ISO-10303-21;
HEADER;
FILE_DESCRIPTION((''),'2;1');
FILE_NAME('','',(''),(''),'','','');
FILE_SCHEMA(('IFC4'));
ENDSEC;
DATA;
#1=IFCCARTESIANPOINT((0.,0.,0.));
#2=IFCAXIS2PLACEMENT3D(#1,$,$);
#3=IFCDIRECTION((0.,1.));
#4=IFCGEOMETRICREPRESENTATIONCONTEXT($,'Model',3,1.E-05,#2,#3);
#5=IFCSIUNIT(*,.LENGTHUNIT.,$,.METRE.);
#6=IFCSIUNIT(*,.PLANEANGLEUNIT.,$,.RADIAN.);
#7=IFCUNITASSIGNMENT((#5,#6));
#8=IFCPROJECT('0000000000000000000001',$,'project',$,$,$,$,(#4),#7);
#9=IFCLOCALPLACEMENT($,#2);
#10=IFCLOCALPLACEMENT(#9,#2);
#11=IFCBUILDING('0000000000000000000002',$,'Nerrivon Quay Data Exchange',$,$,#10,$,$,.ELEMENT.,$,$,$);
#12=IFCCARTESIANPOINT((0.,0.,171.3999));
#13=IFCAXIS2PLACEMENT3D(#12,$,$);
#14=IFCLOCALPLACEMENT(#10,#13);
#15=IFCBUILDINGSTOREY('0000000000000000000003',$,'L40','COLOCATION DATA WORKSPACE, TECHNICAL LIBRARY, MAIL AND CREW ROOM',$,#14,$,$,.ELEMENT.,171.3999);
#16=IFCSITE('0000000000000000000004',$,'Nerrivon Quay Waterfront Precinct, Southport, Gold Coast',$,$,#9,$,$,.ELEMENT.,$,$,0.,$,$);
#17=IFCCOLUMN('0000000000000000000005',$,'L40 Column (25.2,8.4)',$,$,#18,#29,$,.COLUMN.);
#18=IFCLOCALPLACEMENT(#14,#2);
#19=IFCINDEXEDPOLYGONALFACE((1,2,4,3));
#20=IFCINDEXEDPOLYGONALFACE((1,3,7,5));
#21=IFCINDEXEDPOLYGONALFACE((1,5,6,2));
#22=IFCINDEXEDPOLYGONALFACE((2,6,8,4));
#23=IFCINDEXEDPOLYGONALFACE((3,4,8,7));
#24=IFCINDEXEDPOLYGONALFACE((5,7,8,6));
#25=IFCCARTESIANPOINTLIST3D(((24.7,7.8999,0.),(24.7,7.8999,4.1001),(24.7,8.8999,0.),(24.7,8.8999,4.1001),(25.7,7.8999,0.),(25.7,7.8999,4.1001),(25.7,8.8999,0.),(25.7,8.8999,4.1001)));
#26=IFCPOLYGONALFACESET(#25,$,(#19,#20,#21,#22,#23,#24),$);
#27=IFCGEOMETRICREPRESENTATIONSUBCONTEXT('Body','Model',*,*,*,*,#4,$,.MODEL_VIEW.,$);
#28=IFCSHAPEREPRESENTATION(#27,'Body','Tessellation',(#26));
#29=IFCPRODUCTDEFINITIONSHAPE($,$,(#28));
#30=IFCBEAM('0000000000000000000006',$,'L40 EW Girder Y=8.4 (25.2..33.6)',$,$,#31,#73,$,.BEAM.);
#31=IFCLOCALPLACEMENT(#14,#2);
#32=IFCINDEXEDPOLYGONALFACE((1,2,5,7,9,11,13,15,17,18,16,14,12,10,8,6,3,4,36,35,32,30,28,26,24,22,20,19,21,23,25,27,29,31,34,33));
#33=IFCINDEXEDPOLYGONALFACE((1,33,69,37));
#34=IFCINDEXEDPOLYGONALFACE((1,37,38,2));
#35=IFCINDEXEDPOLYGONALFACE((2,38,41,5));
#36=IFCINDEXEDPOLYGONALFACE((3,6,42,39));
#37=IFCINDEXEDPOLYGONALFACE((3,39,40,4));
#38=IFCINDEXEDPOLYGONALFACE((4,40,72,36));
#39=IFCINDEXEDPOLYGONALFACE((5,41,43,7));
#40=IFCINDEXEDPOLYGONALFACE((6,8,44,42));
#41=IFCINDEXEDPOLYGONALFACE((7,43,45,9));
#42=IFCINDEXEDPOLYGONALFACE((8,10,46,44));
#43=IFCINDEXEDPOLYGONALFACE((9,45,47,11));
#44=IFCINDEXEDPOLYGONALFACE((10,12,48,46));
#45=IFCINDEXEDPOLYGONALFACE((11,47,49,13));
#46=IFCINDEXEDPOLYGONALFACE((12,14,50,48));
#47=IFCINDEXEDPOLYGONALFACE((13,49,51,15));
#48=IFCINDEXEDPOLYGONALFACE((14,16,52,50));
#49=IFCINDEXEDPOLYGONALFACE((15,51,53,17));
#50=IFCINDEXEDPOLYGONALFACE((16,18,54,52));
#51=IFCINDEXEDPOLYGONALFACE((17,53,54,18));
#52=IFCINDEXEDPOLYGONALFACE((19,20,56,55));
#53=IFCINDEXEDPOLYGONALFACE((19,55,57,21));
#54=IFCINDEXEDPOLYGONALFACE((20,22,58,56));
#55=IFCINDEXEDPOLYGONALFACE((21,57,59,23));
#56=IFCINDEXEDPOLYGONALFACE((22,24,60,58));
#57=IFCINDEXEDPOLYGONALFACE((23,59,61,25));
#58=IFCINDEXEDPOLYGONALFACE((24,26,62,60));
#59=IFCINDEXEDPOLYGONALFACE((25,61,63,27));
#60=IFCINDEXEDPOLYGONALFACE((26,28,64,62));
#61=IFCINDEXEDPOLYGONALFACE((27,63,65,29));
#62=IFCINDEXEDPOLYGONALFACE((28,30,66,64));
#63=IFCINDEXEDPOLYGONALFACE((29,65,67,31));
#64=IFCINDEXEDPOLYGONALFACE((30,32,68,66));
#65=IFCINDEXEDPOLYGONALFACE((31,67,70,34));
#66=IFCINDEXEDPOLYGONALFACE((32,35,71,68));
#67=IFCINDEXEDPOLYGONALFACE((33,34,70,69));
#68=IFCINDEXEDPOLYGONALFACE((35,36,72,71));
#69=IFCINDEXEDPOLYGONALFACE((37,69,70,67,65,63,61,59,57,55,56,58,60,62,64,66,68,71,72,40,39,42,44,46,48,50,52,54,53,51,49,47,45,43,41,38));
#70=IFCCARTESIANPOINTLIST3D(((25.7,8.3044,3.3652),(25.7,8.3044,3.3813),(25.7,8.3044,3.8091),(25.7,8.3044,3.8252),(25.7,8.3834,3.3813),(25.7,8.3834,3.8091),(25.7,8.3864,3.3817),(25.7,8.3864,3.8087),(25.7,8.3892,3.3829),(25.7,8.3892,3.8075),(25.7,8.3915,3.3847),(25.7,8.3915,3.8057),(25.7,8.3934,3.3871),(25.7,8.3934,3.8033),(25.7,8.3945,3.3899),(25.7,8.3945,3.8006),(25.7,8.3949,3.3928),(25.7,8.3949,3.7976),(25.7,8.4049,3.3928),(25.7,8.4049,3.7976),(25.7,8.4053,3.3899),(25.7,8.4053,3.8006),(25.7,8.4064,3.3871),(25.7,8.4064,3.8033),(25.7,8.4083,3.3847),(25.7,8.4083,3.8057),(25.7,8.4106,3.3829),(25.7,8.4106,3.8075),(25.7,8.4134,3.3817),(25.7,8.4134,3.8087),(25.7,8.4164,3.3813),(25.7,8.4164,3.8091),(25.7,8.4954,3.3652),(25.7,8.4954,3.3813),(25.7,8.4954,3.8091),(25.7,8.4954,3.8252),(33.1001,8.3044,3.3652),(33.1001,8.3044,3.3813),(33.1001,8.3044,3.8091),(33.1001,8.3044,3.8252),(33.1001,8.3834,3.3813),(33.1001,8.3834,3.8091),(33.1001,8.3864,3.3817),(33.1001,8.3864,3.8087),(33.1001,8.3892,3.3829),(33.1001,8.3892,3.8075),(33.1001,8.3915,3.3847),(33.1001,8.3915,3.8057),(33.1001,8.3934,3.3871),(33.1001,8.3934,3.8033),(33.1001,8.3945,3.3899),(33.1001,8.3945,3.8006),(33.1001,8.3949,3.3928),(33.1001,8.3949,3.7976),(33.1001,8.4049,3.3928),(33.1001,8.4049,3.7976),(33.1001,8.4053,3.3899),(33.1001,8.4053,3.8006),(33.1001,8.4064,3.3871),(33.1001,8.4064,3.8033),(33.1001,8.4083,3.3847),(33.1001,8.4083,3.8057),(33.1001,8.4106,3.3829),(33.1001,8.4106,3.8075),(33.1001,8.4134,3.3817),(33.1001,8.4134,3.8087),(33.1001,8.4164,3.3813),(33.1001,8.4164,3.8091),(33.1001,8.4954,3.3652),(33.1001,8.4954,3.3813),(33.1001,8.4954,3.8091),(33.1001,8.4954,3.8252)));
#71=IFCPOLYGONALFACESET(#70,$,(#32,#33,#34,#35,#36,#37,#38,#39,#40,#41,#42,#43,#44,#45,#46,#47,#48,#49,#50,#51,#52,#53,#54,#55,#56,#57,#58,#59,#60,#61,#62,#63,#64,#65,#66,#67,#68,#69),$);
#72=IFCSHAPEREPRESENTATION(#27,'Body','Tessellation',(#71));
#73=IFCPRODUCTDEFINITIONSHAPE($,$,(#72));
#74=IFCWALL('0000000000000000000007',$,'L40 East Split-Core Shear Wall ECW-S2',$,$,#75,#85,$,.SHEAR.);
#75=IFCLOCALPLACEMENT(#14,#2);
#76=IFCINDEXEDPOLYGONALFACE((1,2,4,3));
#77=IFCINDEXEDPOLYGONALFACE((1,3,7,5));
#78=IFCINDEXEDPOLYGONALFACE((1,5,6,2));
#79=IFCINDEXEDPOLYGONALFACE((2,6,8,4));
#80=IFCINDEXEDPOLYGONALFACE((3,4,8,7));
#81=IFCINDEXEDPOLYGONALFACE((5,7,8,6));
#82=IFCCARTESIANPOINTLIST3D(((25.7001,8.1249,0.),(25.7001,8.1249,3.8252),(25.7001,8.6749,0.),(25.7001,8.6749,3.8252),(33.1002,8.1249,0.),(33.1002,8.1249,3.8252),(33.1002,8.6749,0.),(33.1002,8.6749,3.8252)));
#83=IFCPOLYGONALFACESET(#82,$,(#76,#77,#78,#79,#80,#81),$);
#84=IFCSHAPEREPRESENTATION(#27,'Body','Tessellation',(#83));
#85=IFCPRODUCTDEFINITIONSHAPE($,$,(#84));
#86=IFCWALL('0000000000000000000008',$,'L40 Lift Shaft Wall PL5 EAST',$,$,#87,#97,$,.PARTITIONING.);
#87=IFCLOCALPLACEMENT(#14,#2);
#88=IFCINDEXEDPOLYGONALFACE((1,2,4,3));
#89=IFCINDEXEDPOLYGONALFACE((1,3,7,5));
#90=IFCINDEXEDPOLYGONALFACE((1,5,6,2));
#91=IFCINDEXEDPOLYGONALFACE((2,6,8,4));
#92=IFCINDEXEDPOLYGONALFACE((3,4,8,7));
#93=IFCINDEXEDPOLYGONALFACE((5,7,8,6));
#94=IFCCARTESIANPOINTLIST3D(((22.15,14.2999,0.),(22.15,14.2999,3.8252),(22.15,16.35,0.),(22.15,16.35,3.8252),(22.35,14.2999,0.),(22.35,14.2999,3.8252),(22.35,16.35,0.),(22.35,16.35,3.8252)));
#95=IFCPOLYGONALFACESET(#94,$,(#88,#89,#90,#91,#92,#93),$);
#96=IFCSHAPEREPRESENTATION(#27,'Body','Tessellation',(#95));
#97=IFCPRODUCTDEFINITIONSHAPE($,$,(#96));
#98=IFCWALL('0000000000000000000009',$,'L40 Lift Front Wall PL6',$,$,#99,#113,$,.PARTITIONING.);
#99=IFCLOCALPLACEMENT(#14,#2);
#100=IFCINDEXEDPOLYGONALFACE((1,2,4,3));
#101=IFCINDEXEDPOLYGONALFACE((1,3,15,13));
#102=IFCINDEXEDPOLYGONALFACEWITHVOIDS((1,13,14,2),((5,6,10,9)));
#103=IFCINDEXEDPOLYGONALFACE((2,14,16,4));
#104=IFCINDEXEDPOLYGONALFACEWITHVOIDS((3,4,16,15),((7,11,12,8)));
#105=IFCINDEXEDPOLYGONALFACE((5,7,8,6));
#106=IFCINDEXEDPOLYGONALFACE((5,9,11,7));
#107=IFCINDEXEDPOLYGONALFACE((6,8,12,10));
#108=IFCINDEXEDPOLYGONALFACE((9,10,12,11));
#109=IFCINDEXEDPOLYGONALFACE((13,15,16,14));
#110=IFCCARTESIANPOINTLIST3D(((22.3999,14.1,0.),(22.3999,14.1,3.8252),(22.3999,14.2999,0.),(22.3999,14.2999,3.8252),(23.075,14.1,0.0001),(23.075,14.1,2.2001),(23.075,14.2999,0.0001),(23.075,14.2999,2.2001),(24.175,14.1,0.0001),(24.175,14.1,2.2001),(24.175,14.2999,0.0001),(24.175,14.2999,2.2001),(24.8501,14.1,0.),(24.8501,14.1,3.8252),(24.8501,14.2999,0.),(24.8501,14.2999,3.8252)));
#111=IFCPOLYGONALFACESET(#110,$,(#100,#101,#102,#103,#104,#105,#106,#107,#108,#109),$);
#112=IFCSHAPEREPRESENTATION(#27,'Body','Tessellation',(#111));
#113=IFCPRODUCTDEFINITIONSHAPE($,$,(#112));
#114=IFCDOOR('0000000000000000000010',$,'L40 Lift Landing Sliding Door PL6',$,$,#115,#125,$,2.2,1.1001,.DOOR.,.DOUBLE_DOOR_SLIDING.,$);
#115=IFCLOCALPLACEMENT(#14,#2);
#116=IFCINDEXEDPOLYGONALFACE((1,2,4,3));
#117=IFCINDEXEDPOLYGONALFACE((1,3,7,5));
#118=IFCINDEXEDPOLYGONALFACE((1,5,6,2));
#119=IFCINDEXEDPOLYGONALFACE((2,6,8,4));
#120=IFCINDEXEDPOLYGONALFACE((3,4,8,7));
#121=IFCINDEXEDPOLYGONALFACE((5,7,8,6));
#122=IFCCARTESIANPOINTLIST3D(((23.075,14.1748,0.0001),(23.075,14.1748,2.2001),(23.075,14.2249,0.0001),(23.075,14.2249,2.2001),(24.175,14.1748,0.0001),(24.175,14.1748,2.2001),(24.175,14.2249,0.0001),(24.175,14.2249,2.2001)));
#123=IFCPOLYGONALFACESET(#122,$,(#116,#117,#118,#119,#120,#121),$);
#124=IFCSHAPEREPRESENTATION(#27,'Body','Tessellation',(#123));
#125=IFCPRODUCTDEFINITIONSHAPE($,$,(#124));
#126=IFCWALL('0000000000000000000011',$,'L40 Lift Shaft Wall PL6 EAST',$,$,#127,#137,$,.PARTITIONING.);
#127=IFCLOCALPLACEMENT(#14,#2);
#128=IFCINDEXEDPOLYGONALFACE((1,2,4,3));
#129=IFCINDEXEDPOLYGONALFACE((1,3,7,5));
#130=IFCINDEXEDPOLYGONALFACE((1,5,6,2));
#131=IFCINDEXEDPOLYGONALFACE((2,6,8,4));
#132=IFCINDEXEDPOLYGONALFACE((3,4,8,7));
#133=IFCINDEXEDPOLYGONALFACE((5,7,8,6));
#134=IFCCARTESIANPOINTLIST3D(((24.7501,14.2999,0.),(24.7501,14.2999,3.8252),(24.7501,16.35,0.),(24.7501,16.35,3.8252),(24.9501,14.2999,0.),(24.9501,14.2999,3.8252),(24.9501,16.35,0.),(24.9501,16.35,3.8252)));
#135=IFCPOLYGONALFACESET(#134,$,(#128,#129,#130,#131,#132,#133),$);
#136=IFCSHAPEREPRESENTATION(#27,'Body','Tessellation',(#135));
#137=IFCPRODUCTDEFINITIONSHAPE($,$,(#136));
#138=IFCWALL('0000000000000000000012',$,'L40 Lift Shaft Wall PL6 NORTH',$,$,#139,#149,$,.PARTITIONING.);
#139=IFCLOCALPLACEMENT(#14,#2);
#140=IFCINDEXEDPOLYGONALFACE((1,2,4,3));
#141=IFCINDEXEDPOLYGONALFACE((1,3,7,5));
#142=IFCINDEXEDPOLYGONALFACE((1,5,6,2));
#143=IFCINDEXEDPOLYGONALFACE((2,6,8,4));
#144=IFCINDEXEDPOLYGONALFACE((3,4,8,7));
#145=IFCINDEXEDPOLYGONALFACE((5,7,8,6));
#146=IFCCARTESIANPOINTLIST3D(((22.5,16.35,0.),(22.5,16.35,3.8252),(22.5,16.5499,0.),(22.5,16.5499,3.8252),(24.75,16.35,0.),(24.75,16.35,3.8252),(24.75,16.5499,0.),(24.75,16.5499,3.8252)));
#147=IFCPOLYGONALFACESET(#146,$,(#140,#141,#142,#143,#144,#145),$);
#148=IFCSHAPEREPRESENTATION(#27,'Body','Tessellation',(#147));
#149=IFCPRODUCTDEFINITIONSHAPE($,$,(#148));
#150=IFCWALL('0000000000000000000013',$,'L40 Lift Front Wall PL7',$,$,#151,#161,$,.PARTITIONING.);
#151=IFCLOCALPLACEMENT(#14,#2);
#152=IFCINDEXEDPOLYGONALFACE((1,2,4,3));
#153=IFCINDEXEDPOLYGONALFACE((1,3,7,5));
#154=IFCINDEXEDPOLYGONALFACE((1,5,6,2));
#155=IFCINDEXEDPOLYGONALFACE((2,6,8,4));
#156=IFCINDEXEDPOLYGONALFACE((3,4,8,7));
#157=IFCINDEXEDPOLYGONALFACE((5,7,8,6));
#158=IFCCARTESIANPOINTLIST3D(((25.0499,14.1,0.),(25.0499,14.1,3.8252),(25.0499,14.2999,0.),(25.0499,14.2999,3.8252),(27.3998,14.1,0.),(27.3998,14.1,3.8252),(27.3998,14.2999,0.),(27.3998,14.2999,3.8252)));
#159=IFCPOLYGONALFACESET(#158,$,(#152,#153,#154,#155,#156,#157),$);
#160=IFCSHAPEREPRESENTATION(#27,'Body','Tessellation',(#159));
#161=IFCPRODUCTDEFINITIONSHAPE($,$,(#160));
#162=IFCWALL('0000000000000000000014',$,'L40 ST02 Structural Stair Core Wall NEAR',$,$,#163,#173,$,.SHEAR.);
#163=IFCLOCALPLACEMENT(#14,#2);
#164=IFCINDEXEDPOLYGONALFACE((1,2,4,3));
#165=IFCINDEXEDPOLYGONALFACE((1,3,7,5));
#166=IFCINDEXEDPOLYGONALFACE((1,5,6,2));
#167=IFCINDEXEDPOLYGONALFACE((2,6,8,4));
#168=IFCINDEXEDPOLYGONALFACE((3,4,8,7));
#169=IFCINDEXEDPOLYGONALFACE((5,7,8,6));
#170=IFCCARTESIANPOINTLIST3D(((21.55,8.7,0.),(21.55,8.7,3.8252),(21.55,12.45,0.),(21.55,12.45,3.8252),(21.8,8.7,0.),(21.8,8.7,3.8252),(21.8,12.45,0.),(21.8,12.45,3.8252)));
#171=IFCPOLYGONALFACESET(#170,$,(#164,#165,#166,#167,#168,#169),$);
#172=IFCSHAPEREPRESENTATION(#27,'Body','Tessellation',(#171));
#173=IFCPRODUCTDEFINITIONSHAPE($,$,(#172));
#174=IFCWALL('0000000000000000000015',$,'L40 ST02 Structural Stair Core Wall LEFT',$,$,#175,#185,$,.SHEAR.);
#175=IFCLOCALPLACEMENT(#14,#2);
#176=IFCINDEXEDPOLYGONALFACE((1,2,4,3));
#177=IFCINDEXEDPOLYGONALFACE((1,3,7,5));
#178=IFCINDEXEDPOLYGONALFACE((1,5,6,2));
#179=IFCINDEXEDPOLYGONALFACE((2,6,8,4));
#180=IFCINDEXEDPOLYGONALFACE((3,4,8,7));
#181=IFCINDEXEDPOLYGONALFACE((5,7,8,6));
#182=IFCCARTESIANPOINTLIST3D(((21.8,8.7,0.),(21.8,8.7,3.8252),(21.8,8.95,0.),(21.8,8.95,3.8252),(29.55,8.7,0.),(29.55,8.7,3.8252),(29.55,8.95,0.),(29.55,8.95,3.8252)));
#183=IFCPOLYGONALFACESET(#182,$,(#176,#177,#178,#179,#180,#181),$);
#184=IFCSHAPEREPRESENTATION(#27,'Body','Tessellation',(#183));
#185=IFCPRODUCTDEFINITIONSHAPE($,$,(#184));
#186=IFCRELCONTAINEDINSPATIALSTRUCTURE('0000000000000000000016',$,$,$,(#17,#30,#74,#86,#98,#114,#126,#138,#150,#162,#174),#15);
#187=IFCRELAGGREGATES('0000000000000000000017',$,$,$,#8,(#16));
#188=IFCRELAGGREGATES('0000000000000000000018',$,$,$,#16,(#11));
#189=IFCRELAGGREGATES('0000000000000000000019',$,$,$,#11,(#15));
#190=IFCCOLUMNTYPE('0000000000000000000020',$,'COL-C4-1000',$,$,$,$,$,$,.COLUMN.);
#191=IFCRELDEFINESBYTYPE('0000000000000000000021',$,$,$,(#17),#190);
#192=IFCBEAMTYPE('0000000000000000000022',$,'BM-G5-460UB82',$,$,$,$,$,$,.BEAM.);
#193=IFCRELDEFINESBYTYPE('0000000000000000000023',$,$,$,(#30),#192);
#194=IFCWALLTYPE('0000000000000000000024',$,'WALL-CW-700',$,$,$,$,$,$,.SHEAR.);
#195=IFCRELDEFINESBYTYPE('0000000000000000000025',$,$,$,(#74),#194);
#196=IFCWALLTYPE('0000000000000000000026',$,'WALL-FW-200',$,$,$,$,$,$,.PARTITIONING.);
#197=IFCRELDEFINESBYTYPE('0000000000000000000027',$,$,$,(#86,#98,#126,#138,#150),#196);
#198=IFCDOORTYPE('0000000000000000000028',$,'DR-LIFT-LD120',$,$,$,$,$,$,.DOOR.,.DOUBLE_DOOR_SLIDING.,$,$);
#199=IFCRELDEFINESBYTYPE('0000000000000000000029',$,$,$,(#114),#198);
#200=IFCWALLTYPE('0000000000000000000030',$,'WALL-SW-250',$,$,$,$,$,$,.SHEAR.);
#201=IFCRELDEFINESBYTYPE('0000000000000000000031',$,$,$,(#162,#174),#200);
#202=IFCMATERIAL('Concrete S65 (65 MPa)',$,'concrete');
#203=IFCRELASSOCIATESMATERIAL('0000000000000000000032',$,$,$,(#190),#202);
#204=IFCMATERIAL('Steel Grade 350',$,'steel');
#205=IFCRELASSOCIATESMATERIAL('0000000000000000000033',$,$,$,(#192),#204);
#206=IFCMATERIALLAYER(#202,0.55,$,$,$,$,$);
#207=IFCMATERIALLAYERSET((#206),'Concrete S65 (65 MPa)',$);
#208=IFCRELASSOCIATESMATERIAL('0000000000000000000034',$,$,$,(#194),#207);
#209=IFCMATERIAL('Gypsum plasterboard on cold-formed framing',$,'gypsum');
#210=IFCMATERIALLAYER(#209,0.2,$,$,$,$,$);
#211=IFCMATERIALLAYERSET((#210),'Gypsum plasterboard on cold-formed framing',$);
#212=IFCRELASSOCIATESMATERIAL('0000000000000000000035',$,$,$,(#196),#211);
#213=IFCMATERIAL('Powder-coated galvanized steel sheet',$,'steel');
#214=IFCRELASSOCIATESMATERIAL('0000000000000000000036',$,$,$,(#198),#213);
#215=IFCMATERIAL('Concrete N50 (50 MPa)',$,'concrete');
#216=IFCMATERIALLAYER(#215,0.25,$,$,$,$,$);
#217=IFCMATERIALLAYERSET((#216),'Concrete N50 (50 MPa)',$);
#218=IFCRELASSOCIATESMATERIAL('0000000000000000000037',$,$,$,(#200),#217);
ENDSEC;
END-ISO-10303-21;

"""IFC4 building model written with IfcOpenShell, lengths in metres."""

from ifc_helpers import new_model, si_unit, direction, frame, frame_2d, origin, origin_2d, place, context, subcontext, project, spatial, rectangle, i_section, extrude, material, layer, layer_set, material_profile, profile_set, type_object, element, fill, save


model = new_model("IFC4")

# Units and contexts
model_context = context("Model", 3, precision=1e-05, world=origin(), true_north=direction((0.0, 1.0)))
body_context = subcontext(model_context, "Body", "Model", "MODEL_VIEW")
ifc_project = project(units=[si_unit("LENGTHUNIT", "METRE"), si_unit("PLANEANGLEUNIT", "RADIAN")], contexts=[model_context])

# Site, building, storey
site_placement = place(None, origin())
site = spatial("IfcSite", under=ifc_project, at=site_placement, Name="Nerrivon Quay Waterfront Precinct, Southport, Gold Coast", CompositionType="ELEMENT", RefElevation=0.0)
building_placement = place(site_placement, origin())
building = spatial("IfcBuilding", under=site, at=building_placement, Name="Nerrivon Quay Data Exchange", CompositionType="ELEMENT")
storey_placement = place(building_placement, frame((0.0, 0.0, 171.3999)))
storey = spatial("IfcBuildingStorey", under=building, at=storey_placement, Name="L40", Description="COLOCATION DATA WORKSPACE, TECHNICAL LIBRARY, MAIL AND CREW ROOM", CompositionType="ELEMENT", Elevation=171.3999)

# Column
ifc_material_1 = material(Name="Concrete S65 (65 MPa)", Category="concrete")
ifc_material_profile_1 = material_profile(ifc_material_1, rectangle(XDim=1.0, YDim=1.0, at=origin_2d()), Name="RC-COL-1000x1000")
ifc_profile_set_1 = profile_set([ifc_material_profile_1], Name="Concrete S65 (65 MPa)")
column_type = type_object("IfcColumnType", Name="COL-C4-1000", PredefinedType="COLUMN", material=ifc_profile_set_1)
column_placement = place(storey_placement, frame((25.2, 8.3999, 0.0), z_axis=(0.0, 0.0, 1.0), x_axis=(1.0, 0.0, 0.0)))
element("IfcColumn", 1, at=column_placement, inside=storey, type_object=column_type, Name="L40 Column (25.2,8.4)", PredefinedType="COLUMN", context=body_context, shape_type="SweptSolid", body=[
    extrude(rectangle(XDim=1.0, YDim=1.0, at=origin_2d()), origin(), (0.0, 0.0, 1.0), 4.1001),
])

# Beam
ifc_material_2 = material(Name="Steel Grade 350", Category="steel")
ifc_material_profile_2 = material_profile(ifc_material_2, i_section(OverallWidth=0.1909, OverallDepth=0.46, WebThickness=0.01, FlangeThickness=0.0161, FilletRadius=0.0115, at=origin_2d()), Name="460UB82.1")
ifc_profile_set_2 = profile_set([ifc_material_profile_2], Name="Steel Grade 350")
beam_type = type_object("IfcBeamType", Name="BM-G5-460UB82", PredefinedType="BEAM", material=ifc_profile_set_2)
beam_placement = place(storey_placement, frame((25.7, 8.3999, 3.5952), z_axis=(1.0, 0.0, 0.0), x_axis=(0.0, 1.0, 0.0)))
element("IfcBeam", 2, at=beam_placement, inside=storey, type_object=beam_type, Name="L40 EW Girder Y=8.4 (25.2..33.6)", PredefinedType="BEAM", context=body_context, shape_type="SweptSolid", body=[
    extrude(i_section(OverallWidth=0.1909, OverallDepth=0.46, WebThickness=0.01, FlangeThickness=0.0161, FilletRadius=0.0115, at=origin_2d()), origin(), (0.0, 0.0, 1.0), 7.4001),
])

# Walls
ifc_layer_1 = layer(ifc_material_1, 0.55)
ifc_layer_set_1 = layer_set([ifc_layer_1], Name="Concrete S65 (65 MPa)")
wall_type_1 = type_object("IfcWallType", Name="WALL-CW-700", PredefinedType="SHEAR", material=ifc_layer_set_1)
wall_1_placement = place(storey_placement, frame((25.7, 8.3999, 0.0), z_axis=(0.0, 0.0, 1.0), x_axis=(1.0, 0.0, 0.0)))
element("IfcWall", 3, at=wall_1_placement, inside=storey, type_object=wall_type_1, Name="L40 East Split-Core Shear Wall ECW-S2", PredefinedType="SHEAR", context=body_context, shape_type="SweptSolid", body=[
    extrude(rectangle(XDim=7.4001, YDim=0.55, at=frame_2d((3.7002, 0.0))), origin(), (0.0, 0.0, 1.0), 3.8252),
])
ifc_material_3 = material(Name="Gypsum plasterboard on cold-formed framing", Category="gypsum")
ifc_layer_2 = layer(ifc_material_3, 0.2)
ifc_layer_set_2 = layer_set([ifc_layer_2], Name="Gypsum plasterboard on cold-formed framing")
wall_type_2 = type_object("IfcWallType", Name="WALL-FW-200", PredefinedType="PARTITIONING", material=ifc_layer_set_2)
wall_2_placement = place(storey_placement, frame((22.25, 14.3, 0.0), z_axis=(0.0, 0.0, 1.0), x_axis=(0.0, 1.0, 0.0)))
element("IfcWall", 4, at=wall_2_placement, inside=storey, type_object=wall_type_2, Name="L40 Lift Shaft Wall PL5 EAST", PredefinedType="PARTITIONING", context=body_context, shape_type="SweptSolid", body=[
    extrude(rectangle(XDim=2.05, YDim=0.2, at=frame_2d((1.0249, 0.0))), origin(), (0.0, 0.0, 1.0), 3.8252),
])

# Wall, opening, door
wall_3_placement = place(storey_placement, frame((22.3999, 14.2, 0.0), z_axis=(0.0, 0.0, 1.0), x_axis=(1.0, 0.0, 0.0)))
wall_3 = element("IfcWall", 5, at=wall_3_placement, inside=storey, type_object=wall_type_2, Name="L40 Lift Front Wall PL6", PredefinedType="PARTITIONING", context=body_context, shape_type="SweptSolid", body=[
    extrude(rectangle(XDim=2.4502, YDim=0.2, at=frame_2d((1.2251, 0.0))), origin(), (0.0, 0.0, 1.0), 3.8252),
])
opening_1_placement = place(wall_3_placement, frame((0.675, 0.0, 0.0)))
opening_1 = element("IfcOpeningElement", 6, at=opening_1_placement, cuts=wall_3, PredefinedType="OPENING", context=body_context, shape_type="SweptSolid", body=[
    extrude(rectangle(XDim=1.1001, YDim=2.2, at=frame_2d((0.55, 1.1001))), frame((0.0, 0.1099, 0.0), z_axis=(0.0, -1.0, 0.0), x_axis=(1.0, 0.0, 0.0)), (0.0, 0.0, 1.0), 0.22),
])
ifc_material_4 = material(Name="Powder-coated galvanized steel sheet", Category="steel")
door_type_1 = type_object("IfcDoorType", Name="DR-LIFT-LD120", OperationType="DOUBLE_DOOR_SLIDING", PredefinedType="DOOR", material=ifc_material_4)
door_1_placement = place(opening_1_placement, origin())
door_1 = element("IfcDoor", 7, at=door_1_placement, inside=storey, type_object=door_type_1, Name="L40 Lift Landing Sliding Door PL6", OperationType="DOUBLE_DOOR_SLIDING", OverallHeight=2.2, OverallWidth=1.1001, PredefinedType="DOOR", context=body_context, shape_type="SweptSolid", body=[
    extrude(rectangle(XDim=1.1001, YDim=2.2, at=frame_2d((0.55, 1.1001))), frame((0.0, 0.0249, 0.0), z_axis=(0.0, -1.0, 0.0), x_axis=(1.0, 0.0, 0.0)), (0.0, 0.0, 1.0), 0.05),
])
fill(opening_1, door_1)

# Walls
wall_4_placement = place(storey_placement, frame((24.8501, 14.3, 0.0), z_axis=(0.0, 0.0, 1.0), x_axis=(0.0, 1.0, 0.0)))
element("IfcWall", 8, at=wall_4_placement, inside=storey, type_object=wall_type_2, Name="L40 Lift Shaft Wall PL6 EAST", PredefinedType="PARTITIONING", context=body_context, shape_type="SweptSolid", body=[
    extrude(rectangle(XDim=2.05, YDim=0.2, at=frame_2d((1.0249, 0.0))), origin(), (0.0, 0.0, 1.0), 3.8252),
])
wall_5_placement = place(storey_placement, frame((22.5, 16.45, 0.0), z_axis=(0.0, 0.0, 1.0), x_axis=(1.0, 0.0, 0.0)))
element("IfcWall", 9, at=wall_5_placement, inside=storey, type_object=wall_type_2, Name="L40 Lift Shaft Wall PL6 NORTH", PredefinedType="PARTITIONING", context=body_context, shape_type="SweptSolid", body=[
    extrude(rectangle(XDim=2.25, YDim=0.2, at=frame_2d((1.125, 0.0))), origin(), (0.0, 0.0, 1.0), 3.8252),
])
wall_6_placement = place(storey_placement, frame((25.05, 14.2, 0.0), z_axis=(0.0, 0.0, 1.0), x_axis=(1.0, 0.0, 0.0)))
element("IfcWall", 10, at=wall_6_placement, inside=storey, type_object=wall_type_2, Name="L40 Lift Front Wall PL7", PredefinedType="PARTITIONING", context=body_context, shape_type="SweptSolid", body=[
    extrude(rectangle(XDim=2.3499, YDim=0.2, at=frame_2d((1.1748, 0.0))), origin(), (0.0, 0.0, 1.0), 3.8252),
])
ifc_material_5 = material(Name="Concrete N50 (50 MPa)", Category="concrete")
ifc_layer_3 = layer(ifc_material_5, 0.25)
ifc_layer_set_3 = layer_set([ifc_layer_3], Name="Concrete N50 (50 MPa)")
wall_type_3 = type_object("IfcWallType", Name="WALL-SW-250", PredefinedType="SHEAR", material=ifc_layer_set_3)
wall_7_placement = place(storey_placement, frame((21.675, 8.7, 0.0), z_axis=(0.0, 0.0, 1.0), x_axis=(0.0, 1.0, 0.0)))
element("IfcWall", 11, at=wall_7_placement, inside=storey, type_object=wall_type_3, Name="L40 ST02 Structural Stair Core Wall NEAR", PredefinedType="SHEAR", context=body_context, shape_type="SweptSolid", body=[
    extrude(rectangle(XDim=3.75, YDim=0.25, at=frame_2d((1.875, 0.0))), origin(), (0.0, 0.0, 1.0), 3.8252),
])
wall_8_placement = place(storey_placement, frame((21.8, 8.825, 0.0), z_axis=(0.0, 0.0, 1.0), x_axis=(1.0, 0.0, 0.0)))
element("IfcWall", 12, at=wall_8_placement, inside=storey, type_object=wall_type_3, Name="L40 ST02 Structural Stair Core Wall LEFT", PredefinedType="SHEAR", context=body_context, shape_type="SweptSolid", body=[
    extrude(rectangle(XDim=7.75, YDim=0.25, at=frame_2d((3.875, 0.0))), origin(), (0.0, 0.0, 1.0), 3.8252),
])

save(model, "model.ifc")
